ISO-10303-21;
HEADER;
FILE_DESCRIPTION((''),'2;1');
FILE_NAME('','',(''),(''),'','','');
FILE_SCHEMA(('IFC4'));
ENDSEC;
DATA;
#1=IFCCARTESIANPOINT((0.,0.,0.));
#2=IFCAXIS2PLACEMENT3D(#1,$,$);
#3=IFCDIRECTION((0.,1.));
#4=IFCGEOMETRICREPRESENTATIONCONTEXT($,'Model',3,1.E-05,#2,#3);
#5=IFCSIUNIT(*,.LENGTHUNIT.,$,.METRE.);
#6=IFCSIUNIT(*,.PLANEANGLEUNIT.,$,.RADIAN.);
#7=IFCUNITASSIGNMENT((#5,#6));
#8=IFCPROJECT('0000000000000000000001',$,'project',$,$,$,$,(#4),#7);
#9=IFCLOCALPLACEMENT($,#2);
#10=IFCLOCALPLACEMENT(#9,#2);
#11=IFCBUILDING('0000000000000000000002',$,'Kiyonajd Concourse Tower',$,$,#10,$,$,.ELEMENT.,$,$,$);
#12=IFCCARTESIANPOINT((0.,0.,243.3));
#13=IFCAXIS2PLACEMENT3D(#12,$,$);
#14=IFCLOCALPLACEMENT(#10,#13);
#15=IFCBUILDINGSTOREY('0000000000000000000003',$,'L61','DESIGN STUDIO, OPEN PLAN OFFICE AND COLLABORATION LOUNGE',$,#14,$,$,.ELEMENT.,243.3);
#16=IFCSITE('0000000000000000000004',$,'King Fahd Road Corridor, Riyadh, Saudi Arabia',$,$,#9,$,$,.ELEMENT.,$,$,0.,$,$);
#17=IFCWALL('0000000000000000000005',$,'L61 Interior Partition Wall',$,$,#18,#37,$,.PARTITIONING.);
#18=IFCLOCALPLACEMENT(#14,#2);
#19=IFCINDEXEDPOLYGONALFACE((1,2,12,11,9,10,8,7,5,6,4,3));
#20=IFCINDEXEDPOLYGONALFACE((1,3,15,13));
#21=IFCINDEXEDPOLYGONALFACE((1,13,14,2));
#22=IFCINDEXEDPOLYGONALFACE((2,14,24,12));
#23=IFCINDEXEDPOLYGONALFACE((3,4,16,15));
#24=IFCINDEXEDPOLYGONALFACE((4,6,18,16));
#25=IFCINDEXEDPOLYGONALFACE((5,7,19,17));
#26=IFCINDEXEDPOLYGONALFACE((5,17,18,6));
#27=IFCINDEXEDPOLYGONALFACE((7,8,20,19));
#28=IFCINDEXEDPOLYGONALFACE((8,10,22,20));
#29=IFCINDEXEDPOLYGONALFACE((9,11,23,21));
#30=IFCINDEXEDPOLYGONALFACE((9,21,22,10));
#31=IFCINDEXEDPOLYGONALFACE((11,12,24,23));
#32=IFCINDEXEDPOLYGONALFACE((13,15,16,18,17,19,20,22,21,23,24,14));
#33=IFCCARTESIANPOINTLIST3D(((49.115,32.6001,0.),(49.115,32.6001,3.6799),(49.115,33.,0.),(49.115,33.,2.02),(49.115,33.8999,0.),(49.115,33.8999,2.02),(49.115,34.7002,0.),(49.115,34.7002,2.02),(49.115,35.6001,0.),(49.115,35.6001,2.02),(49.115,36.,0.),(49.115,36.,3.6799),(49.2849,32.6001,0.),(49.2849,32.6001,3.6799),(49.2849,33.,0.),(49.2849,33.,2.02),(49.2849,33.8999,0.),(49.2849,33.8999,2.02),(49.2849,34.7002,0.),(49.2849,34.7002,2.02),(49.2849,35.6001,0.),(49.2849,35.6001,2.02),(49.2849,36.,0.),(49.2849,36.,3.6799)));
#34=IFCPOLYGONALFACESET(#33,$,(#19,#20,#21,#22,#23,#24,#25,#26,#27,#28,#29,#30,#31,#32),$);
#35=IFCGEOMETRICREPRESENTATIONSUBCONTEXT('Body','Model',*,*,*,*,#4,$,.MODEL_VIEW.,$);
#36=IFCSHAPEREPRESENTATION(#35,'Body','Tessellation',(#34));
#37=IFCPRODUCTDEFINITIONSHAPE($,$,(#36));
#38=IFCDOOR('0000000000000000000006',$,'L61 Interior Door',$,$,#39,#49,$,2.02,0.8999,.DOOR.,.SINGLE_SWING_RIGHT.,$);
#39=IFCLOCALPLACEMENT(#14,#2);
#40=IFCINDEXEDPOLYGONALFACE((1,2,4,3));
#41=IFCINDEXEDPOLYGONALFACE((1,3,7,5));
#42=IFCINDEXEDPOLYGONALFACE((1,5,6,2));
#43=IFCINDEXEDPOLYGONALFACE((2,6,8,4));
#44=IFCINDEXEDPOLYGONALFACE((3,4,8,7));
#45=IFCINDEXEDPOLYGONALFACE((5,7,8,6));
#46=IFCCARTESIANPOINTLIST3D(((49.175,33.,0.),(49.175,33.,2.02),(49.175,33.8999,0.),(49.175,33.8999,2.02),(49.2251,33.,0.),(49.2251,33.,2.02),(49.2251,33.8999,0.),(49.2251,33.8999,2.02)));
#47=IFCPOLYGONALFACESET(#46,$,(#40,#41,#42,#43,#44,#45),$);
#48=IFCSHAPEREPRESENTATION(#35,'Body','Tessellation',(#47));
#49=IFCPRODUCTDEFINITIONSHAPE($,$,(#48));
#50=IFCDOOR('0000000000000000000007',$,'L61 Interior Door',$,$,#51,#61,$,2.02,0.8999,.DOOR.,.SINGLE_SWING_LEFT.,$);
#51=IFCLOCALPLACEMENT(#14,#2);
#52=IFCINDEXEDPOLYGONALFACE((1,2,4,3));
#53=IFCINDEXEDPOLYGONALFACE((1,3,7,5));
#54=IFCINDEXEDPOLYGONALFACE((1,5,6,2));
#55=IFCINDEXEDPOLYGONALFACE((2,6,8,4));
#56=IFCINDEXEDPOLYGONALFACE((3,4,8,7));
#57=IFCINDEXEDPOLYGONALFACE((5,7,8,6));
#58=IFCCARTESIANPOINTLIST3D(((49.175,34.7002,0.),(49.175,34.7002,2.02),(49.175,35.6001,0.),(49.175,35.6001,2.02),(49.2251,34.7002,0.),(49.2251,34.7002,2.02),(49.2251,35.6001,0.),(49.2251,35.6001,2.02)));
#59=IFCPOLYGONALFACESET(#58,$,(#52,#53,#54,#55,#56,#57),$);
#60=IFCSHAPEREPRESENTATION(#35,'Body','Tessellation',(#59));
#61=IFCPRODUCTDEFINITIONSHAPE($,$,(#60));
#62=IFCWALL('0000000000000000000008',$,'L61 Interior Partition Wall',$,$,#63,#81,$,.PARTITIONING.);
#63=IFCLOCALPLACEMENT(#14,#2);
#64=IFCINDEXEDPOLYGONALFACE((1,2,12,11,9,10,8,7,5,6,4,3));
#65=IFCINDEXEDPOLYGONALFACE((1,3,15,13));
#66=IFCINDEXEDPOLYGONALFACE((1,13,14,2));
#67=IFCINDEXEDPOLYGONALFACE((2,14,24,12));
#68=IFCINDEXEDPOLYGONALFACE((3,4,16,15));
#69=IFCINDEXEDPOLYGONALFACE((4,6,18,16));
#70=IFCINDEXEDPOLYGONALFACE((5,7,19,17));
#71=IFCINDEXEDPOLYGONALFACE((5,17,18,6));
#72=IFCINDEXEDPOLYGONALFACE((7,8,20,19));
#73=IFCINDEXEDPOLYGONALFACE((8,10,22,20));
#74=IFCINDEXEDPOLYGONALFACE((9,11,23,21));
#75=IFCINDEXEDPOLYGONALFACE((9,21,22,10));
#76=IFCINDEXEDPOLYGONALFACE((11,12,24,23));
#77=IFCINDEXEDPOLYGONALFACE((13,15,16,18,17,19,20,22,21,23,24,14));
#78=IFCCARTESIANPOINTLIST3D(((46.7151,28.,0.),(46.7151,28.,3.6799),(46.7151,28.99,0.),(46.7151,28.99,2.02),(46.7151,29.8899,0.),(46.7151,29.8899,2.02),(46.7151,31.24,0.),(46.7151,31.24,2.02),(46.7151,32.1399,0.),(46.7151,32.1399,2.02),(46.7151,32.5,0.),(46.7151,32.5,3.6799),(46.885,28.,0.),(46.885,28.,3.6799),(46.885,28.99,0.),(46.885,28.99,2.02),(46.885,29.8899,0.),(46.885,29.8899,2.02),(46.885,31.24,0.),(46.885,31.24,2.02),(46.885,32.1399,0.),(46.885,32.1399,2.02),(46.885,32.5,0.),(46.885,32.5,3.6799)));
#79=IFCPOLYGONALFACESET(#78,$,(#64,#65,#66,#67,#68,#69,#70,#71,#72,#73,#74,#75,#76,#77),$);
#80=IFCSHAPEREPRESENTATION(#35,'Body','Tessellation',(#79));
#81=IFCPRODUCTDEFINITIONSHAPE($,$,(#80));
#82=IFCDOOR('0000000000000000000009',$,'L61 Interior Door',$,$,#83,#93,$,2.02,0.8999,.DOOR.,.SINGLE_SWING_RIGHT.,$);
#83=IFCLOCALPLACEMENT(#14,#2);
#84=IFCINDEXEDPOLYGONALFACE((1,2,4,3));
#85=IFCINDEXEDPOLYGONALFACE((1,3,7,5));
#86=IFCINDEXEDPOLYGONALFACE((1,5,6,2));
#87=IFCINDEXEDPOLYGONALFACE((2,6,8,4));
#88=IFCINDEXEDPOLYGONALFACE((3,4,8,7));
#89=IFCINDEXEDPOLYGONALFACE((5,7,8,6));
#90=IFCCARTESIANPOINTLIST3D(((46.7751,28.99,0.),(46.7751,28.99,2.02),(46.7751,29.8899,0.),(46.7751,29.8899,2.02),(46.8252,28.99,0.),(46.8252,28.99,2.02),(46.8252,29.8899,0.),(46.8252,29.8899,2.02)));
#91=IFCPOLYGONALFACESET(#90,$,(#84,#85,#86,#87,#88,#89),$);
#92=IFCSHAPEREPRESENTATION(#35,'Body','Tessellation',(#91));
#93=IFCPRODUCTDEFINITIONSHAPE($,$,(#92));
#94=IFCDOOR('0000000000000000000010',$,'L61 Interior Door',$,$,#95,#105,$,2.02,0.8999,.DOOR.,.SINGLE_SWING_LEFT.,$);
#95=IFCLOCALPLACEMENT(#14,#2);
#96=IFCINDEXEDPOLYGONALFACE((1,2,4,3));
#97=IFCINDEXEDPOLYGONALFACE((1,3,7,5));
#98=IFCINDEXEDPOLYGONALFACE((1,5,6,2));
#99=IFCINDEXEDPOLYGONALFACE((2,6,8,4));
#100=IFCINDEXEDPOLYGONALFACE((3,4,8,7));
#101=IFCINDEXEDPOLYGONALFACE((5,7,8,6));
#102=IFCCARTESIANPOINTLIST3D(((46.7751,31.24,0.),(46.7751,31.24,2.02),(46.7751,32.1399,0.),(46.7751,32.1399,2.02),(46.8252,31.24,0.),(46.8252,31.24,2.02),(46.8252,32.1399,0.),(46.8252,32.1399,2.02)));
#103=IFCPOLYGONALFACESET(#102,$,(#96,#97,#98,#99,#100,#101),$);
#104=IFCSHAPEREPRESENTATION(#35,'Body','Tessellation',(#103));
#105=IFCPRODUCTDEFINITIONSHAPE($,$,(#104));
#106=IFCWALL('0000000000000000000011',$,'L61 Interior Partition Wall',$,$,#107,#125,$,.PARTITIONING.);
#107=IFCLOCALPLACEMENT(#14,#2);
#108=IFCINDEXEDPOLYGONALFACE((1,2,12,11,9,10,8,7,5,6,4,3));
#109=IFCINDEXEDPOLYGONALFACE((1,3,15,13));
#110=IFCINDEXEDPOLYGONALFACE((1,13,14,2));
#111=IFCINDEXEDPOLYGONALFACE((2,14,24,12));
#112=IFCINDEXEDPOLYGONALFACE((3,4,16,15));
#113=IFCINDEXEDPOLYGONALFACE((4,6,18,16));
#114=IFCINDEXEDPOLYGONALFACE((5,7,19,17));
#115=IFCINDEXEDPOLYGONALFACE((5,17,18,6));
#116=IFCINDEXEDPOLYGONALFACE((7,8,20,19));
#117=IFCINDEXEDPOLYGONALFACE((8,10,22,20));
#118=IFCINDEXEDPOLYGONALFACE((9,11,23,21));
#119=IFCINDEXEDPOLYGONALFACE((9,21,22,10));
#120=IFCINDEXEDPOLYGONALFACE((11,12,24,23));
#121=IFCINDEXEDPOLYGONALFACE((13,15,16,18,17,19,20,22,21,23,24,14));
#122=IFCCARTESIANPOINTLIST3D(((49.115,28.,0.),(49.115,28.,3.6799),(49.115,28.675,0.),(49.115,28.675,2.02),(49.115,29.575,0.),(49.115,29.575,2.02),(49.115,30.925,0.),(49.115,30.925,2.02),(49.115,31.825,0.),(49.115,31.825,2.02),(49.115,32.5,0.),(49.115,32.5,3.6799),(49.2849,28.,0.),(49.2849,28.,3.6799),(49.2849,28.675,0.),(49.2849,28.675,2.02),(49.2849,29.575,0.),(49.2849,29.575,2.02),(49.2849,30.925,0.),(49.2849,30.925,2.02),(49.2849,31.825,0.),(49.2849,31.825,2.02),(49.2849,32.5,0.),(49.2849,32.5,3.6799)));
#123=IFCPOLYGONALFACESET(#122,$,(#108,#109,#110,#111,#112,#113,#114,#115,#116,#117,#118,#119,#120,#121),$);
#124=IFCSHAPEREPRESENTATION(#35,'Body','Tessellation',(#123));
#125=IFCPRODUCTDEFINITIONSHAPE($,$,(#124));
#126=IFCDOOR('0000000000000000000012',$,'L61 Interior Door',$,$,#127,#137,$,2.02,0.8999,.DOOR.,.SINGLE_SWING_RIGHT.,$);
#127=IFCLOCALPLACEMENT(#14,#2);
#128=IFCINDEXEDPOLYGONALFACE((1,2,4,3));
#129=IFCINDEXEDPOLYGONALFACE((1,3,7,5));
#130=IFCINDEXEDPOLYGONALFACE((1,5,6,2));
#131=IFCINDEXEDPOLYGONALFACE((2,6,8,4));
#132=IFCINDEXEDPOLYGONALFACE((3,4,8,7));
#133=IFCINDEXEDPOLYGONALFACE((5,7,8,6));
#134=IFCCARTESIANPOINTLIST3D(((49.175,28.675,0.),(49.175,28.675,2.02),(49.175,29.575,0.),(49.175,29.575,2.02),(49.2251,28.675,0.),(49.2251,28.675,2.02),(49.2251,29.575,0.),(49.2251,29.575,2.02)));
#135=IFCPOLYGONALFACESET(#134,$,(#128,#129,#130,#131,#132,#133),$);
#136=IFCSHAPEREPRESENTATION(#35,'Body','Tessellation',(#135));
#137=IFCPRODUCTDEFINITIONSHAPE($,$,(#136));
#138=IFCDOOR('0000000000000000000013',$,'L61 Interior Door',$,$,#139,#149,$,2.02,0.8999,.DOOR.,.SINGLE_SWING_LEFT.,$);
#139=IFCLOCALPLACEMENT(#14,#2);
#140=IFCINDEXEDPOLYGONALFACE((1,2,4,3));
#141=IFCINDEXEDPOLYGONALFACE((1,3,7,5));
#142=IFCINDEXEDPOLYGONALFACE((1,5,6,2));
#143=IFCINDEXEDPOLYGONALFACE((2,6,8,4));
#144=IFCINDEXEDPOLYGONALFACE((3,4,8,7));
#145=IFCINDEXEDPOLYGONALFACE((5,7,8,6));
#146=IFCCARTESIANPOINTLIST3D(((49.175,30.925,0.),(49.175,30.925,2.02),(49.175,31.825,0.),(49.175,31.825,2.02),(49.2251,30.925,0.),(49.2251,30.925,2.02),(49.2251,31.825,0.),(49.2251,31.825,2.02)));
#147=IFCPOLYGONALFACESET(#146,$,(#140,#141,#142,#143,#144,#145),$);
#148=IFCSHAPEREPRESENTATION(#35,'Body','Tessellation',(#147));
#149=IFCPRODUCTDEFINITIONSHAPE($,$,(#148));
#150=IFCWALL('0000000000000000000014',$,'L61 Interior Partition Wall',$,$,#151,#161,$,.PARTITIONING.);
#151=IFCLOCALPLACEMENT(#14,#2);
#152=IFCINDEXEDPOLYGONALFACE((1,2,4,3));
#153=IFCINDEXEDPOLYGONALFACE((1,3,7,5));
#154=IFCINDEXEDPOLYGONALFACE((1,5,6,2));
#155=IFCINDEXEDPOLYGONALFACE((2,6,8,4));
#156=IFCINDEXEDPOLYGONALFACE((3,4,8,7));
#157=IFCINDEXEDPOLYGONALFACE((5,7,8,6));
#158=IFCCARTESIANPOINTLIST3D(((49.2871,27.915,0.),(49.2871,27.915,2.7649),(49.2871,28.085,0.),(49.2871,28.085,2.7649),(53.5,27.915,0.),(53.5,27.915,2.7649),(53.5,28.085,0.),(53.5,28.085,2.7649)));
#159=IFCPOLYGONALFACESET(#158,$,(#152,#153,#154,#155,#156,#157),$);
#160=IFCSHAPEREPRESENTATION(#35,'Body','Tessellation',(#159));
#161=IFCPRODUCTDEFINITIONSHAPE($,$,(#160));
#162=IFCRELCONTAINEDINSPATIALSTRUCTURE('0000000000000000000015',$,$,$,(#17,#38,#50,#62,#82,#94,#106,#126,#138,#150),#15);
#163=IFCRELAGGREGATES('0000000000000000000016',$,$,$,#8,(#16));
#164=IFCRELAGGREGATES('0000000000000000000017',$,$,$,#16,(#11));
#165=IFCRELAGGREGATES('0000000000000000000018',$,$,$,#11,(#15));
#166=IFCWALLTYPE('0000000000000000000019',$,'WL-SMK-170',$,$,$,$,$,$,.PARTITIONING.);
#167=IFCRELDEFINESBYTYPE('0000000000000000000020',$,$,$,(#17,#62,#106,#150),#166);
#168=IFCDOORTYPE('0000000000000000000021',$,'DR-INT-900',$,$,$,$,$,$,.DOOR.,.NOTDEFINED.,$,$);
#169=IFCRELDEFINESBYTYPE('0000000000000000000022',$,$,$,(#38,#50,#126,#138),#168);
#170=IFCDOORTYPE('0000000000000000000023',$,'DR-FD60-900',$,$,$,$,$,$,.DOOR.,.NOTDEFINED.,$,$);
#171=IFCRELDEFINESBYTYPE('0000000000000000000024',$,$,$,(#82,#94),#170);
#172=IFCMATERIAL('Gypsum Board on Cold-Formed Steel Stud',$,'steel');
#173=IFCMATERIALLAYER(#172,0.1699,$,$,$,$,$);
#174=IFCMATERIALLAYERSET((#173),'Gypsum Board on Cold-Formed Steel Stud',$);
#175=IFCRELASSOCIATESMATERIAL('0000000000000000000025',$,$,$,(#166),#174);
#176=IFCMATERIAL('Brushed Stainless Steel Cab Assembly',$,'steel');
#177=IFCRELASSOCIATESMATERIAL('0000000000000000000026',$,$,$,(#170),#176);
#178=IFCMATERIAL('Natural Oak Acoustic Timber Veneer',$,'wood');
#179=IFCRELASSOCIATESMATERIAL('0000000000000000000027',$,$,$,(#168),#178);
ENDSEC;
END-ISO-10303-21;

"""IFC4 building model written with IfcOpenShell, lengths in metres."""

from ifc_helpers import new_model, si_unit, direction, frame, frame_2d, origin, place, context, subcontext, project, spatial, rectangle, extrude, material, layer, layer_set, type_object, element, fill, save


model = new_model("IFC4")

# Units and contexts
model_context = context("Model", 3, precision=1e-05, world=origin(), true_north=direction((0.0, 1.0)))
body_context = subcontext(model_context, "Body", "Model", "MODEL_VIEW")
ifc_project = project(units=[si_unit("LENGTHUNIT", "METRE"), si_unit("PLANEANGLEUNIT", "RADIAN")], contexts=[model_context])

# Site, building, storey
site_placement = place(None, origin())
site = spatial("IfcSite", under=ifc_project, at=site_placement, Name="King Fahd Road Corridor, Riyadh, Saudi Arabia", CompositionType="ELEMENT", RefElevation=0.0)
building_placement = place(site_placement, origin())
building = spatial("IfcBuilding", under=site, at=building_placement, Name="Kiyonajd Concourse Tower", CompositionType="ELEMENT")
storey_placement = place(building_placement, frame((0.0, 0.0, 243.3)))
storey = spatial("IfcBuildingStorey", under=building, at=storey_placement, Name="L61", Description="DESIGN STUDIO, OPEN PLAN OFFICE AND COLLABORATION LOUNGE", CompositionType="ELEMENT", Elevation=243.3)

# Shared definitions
ifc_material_1 = material(Name="Gypsum Board on Cold-Formed Steel Stud", Category="steel")

# Shared definitions
ifc_layer_1 = layer(ifc_material_1, 0.1699)
ifc_layer_set_1 = layer_set([ifc_layer_1], Name="Gypsum Board on Cold-Formed Steel Stud")
wall_type_1 = type_object("IfcWallType", Name="WL-SMK-170", PredefinedType="PARTITIONING", material=ifc_layer_set_1)
ifc_material_2 = material(Name="Brushed Stainless Steel Cab Assembly", Category="steel")
door_type_1 = type_object("IfcDoorType", Name="DR-FD60-900", OperationType="NOTDEFINED", PredefinedType="DOOR", material=ifc_material_2)

# Walls, openings, doors
wall_1_placement = place(storey_placement, frame((49.2, 32.6001, 0.0), z_axis=(0.0, 0.0, 1.0), x_axis=(0.0, 1.0, 0.0)))
wall_1 = element("IfcWall", 1, at=wall_1_placement, inside=storey, type_object=wall_type_1, Name="L61 Interior Partition Wall", PredefinedType="PARTITIONING", context=body_context, shape_type="SweptSolid", body=[
    extrude(rectangle(XDim=3.3999, YDim=0.1699, at=frame_2d((1.7, 0.0))), origin(), (0.0, 0.0, 1.0), 3.6799),
])
opening_1_placement = place(wall_1_placement, frame((0.3999, 0.0, 0.0)))
opening_1 = element("IfcOpeningElement", 2, at=opening_1_placement, cuts=wall_1, PredefinedType="OPENING", context=body_context, shape_type="SweptSolid", body=[
    extrude(rectangle(XDim=0.8999, YDim=2.02, at=frame_2d((0.45, 1.01))), frame((0.0, 0.095, 0.0), z_axis=(0.0, -1.0, 0.0), x_axis=(1.0, 0.0, 0.0)), (0.0, 0.0, 1.0), 0.1899),
])
opening_2_placement = place(wall_1_placement, frame((2.1001, 0.0, 0.0)))
opening_2 = element("IfcOpeningElement", 3, at=opening_2_placement, cuts=wall_1, PredefinedType="OPENING", context=body_context, shape_type="SweptSolid", body=[
    extrude(rectangle(XDim=0.8999, YDim=2.02, at=frame_2d((0.45, 1.01))), frame((0.0, 0.095, 0.0), z_axis=(0.0, -1.0, 0.0), x_axis=(1.0, 0.0, 0.0)), (0.0, 0.0, 1.0), 0.1899),
])
ifc_material_3 = material(Name="Natural Oak Acoustic Timber Veneer", Category="wood")
door_type_2 = type_object("IfcDoorType", Name="DR-INT-900", OperationType="NOTDEFINED", PredefinedType="DOOR", material=ifc_material_3)
door_1_placement = place(opening_1_placement, origin())
door_1 = element("IfcDoor", 4, at=door_1_placement, inside=storey, type_object=door_type_2, Name="L61 Interior Door", OperationType="SINGLE_SWING_RIGHT", OverallHeight=2.02, OverallWidth=0.8999, PredefinedType="DOOR", context=body_context, shape_type="SweptSolid", body=[
    extrude(rectangle(XDim=0.8999, YDim=2.02, at=frame_2d((0.45, 1.01))), frame((0.0, 0.0249, 0.0), z_axis=(0.0, -1.0, 0.0), x_axis=(1.0, 0.0, 0.0)), (0.0, 0.0, 1.0), 0.05),
])
fill(opening_1, door_1)
door_2_placement = place(opening_2_placement, origin())
door_2 = element("IfcDoor", 5, at=door_2_placement, inside=storey, type_object=door_type_2, Name="L61 Interior Door", OperationType="SINGLE_SWING_LEFT", OverallHeight=2.02, OverallWidth=0.8999, PredefinedType="DOOR", context=body_context, shape_type="SweptSolid", body=[
    extrude(rectangle(XDim=0.8999, YDim=2.02, at=frame_2d((0.45, 1.01))), frame((0.0, 0.0249, 0.0), z_axis=(0.0, -1.0, 0.0), x_axis=(1.0, 0.0, 0.0)), (0.0, 0.0, 1.0), 0.05),
])
fill(opening_2, door_2)
wall_2_placement = place(storey_placement, frame((46.8, 28.0, 0.0), z_axis=(0.0, 0.0, 1.0), x_axis=(0.0, 1.0, 0.0)))
wall_2 = element("IfcWall", 6, at=wall_2_placement, inside=storey, type_object=wall_type_1, Name="L61 Interior Partition Wall", PredefinedType="PARTITIONING", context=body_context, shape_type="SweptSolid", body=[
    extrude(rectangle(XDim=4.5, YDim=0.1699, at=frame_2d((2.25, 0.0))), origin(), (0.0, 0.0, 1.0), 3.6799),
])
opening_3_placement = place(wall_2_placement, frame((0.99, 0.0, 0.0)))
opening_3 = element("IfcOpeningElement", 7, at=opening_3_placement, cuts=wall_2, PredefinedType="OPENING", context=body_context, shape_type="SweptSolid", body=[
    extrude(rectangle(XDim=0.8999, YDim=2.02, at=frame_2d((0.45, 1.01))), frame((0.0, 0.095, 0.0), z_axis=(0.0, -1.0, 0.0), x_axis=(1.0, 0.0, 0.0)), (0.0, 0.0, 1.0), 0.1899),
])
opening_4_placement = place(wall_2_placement, frame((3.24, 0.0, 0.0)))
opening_4 = element("IfcOpeningElement", 8, at=opening_4_placement, cuts=wall_2, PredefinedType="OPENING", context=body_context, shape_type="SweptSolid", body=[
    extrude(rectangle(XDim=0.8999, YDim=2.02, at=frame_2d((0.45, 1.01))), frame((0.0, 0.095, 0.0), z_axis=(0.0, -1.0, 0.0), x_axis=(1.0, 0.0, 0.0)), (0.0, 0.0, 1.0), 0.1899),
])
door_3_placement = place(opening_3_placement, origin())
door_3 = element("IfcDoor", 9, at=door_3_placement, inside=storey, type_object=door_type_1, Name="L61 Interior Door", OperationType="SINGLE_SWING_RIGHT", OverallHeight=2.02, OverallWidth=0.8999, PredefinedType="DOOR", context=body_context, shape_type="SweptSolid", body=[
    extrude(rectangle(XDim=0.8999, YDim=2.02, at=frame_2d((0.45, 1.01))), frame((0.0, 0.0249, 0.0), z_axis=(0.0, -1.0, 0.0), x_axis=(1.0, 0.0, 0.0)), (0.0, 0.0, 1.0), 0.05),
])
fill(opening_3, door_3)
door_4_placement = place(opening_4_placement, origin())
door_4 = element("IfcDoor", 10, at=door_4_placement, inside=storey, type_object=door_type_1, Name="L61 Interior Door", OperationType="SINGLE_SWING_LEFT", OverallHeight=2.02, OverallWidth=0.8999, PredefinedType="DOOR", context=body_context, shape_type="SweptSolid", body=[
    extrude(rectangle(XDim=0.8999, YDim=2.02, at=frame_2d((0.45, 1.01))), frame((0.0, 0.0249, 0.0), z_axis=(0.0, -1.0, 0.0), x_axis=(1.0, 0.0, 0.0)), (0.0, 0.0, 1.0), 0.05),
])
fill(opening_4, door_4)
wall_3_placement = place(storey_placement, frame((49.2, 28.0, 0.0), z_axis=(0.0, 0.0, 1.0), x_axis=(0.0, 1.0, 0.0)))
wall_3 = element("IfcWall", 11, at=wall_3_placement, inside=storey, type_object=wall_type_1, Name="L61 Interior Partition Wall", PredefinedType="PARTITIONING", context=body_context, shape_type="SweptSolid", body=[
    extrude(rectangle(XDim=4.5, YDim=0.1699, at=frame_2d((2.25, 0.0))), origin(), (0.0, 0.0, 1.0), 3.6799),
])
opening_5_placement = place(wall_3_placement, frame((0.675, 0.0, 0.0)))
opening_5 = element("IfcOpeningElement", 12, at=opening_5_placement, cuts=wall_3, PredefinedType="OPENING", context=body_context, shape_type="SweptSolid", body=[
    extrude(rectangle(XDim=0.8999, YDim=2.02, at=frame_2d((0.45, 1.01))), frame((0.0, 0.095, 0.0), z_axis=(0.0, -1.0, 0.0), x_axis=(1.0, 0.0, 0.0)), (0.0, 0.0, 1.0), 0.1899),
])
opening_6_placement = place(wall_3_placement, frame((2.925, 0.0, 0.0)))
opening_6 = element("IfcOpeningElement", 13, at=opening_6_placement, cuts=wall_3, PredefinedType="OPENING", context=body_context, shape_type="SweptSolid", body=[
    extrude(rectangle(XDim=0.8999, YDim=2.02, at=frame_2d((0.45, 1.01))), frame((0.0, 0.095, 0.0), z_axis=(0.0, -1.0, 0.0), x_axis=(1.0, 0.0, 0.0)), (0.0, 0.0, 1.0), 0.1899),
])
door_5_placement = place(opening_5_placement, origin())
door_5 = element("IfcDoor", 14, at=door_5_placement, inside=storey, type_object=door_type_2, Name="L61 Interior Door", OperationType="SINGLE_SWING_RIGHT", OverallHeight=2.02, OverallWidth=0.8999, PredefinedType="DOOR", context=body_context, shape_type="SweptSolid", body=[
    extrude(rectangle(XDim=0.8999, YDim=2.02, at=frame_2d((0.45, 1.01))), frame((0.0, 0.0249, 0.0), z_axis=(0.0, -1.0, 0.0), x_axis=(1.0, 0.0, 0.0)), (0.0, 0.0, 1.0), 0.05),
])
fill(opening_5, door_5)
door_6_placement = place(opening_6_placement, origin())
door_6 = element("IfcDoor", 15, at=door_6_placement, inside=storey, type_object=door_type_2, Name="L61 Interior Door", OperationType="SINGLE_SWING_LEFT", OverallHeight=2.02, OverallWidth=0.8999, PredefinedType="DOOR", context=body_context, shape_type="SweptSolid", body=[
    extrude(rectangle(XDim=0.8999, YDim=2.02, at=frame_2d((0.45, 1.01))), frame((0.0, 0.0249, 0.0), z_axis=(0.0, -1.0, 0.0), x_axis=(1.0, 0.0, 0.0)), (0.0, 0.0, 1.0), 0.05),
])
fill(opening_6, door_6)

# Wall
wall_4_placement = place(storey_placement, frame((49.2871, 28.0, 0.0), z_axis=(0.0, 0.0, 1.0), x_axis=(1.0, 0.0, 0.0)))
element("IfcWall", 16, at=wall_4_placement, inside=storey, type_object=wall_type_1, Name="L61 Interior Partition Wall", PredefinedType="PARTITIONING", context=body_context, shape_type="SweptSolid", body=[
    extrude(rectangle(XDim=4.2129, YDim=0.1699, at=frame_2d((2.1064, 0.0))), origin(), (0.0, 0.0, 1.0), 2.7649),
])

save(model, "model.ifc")
